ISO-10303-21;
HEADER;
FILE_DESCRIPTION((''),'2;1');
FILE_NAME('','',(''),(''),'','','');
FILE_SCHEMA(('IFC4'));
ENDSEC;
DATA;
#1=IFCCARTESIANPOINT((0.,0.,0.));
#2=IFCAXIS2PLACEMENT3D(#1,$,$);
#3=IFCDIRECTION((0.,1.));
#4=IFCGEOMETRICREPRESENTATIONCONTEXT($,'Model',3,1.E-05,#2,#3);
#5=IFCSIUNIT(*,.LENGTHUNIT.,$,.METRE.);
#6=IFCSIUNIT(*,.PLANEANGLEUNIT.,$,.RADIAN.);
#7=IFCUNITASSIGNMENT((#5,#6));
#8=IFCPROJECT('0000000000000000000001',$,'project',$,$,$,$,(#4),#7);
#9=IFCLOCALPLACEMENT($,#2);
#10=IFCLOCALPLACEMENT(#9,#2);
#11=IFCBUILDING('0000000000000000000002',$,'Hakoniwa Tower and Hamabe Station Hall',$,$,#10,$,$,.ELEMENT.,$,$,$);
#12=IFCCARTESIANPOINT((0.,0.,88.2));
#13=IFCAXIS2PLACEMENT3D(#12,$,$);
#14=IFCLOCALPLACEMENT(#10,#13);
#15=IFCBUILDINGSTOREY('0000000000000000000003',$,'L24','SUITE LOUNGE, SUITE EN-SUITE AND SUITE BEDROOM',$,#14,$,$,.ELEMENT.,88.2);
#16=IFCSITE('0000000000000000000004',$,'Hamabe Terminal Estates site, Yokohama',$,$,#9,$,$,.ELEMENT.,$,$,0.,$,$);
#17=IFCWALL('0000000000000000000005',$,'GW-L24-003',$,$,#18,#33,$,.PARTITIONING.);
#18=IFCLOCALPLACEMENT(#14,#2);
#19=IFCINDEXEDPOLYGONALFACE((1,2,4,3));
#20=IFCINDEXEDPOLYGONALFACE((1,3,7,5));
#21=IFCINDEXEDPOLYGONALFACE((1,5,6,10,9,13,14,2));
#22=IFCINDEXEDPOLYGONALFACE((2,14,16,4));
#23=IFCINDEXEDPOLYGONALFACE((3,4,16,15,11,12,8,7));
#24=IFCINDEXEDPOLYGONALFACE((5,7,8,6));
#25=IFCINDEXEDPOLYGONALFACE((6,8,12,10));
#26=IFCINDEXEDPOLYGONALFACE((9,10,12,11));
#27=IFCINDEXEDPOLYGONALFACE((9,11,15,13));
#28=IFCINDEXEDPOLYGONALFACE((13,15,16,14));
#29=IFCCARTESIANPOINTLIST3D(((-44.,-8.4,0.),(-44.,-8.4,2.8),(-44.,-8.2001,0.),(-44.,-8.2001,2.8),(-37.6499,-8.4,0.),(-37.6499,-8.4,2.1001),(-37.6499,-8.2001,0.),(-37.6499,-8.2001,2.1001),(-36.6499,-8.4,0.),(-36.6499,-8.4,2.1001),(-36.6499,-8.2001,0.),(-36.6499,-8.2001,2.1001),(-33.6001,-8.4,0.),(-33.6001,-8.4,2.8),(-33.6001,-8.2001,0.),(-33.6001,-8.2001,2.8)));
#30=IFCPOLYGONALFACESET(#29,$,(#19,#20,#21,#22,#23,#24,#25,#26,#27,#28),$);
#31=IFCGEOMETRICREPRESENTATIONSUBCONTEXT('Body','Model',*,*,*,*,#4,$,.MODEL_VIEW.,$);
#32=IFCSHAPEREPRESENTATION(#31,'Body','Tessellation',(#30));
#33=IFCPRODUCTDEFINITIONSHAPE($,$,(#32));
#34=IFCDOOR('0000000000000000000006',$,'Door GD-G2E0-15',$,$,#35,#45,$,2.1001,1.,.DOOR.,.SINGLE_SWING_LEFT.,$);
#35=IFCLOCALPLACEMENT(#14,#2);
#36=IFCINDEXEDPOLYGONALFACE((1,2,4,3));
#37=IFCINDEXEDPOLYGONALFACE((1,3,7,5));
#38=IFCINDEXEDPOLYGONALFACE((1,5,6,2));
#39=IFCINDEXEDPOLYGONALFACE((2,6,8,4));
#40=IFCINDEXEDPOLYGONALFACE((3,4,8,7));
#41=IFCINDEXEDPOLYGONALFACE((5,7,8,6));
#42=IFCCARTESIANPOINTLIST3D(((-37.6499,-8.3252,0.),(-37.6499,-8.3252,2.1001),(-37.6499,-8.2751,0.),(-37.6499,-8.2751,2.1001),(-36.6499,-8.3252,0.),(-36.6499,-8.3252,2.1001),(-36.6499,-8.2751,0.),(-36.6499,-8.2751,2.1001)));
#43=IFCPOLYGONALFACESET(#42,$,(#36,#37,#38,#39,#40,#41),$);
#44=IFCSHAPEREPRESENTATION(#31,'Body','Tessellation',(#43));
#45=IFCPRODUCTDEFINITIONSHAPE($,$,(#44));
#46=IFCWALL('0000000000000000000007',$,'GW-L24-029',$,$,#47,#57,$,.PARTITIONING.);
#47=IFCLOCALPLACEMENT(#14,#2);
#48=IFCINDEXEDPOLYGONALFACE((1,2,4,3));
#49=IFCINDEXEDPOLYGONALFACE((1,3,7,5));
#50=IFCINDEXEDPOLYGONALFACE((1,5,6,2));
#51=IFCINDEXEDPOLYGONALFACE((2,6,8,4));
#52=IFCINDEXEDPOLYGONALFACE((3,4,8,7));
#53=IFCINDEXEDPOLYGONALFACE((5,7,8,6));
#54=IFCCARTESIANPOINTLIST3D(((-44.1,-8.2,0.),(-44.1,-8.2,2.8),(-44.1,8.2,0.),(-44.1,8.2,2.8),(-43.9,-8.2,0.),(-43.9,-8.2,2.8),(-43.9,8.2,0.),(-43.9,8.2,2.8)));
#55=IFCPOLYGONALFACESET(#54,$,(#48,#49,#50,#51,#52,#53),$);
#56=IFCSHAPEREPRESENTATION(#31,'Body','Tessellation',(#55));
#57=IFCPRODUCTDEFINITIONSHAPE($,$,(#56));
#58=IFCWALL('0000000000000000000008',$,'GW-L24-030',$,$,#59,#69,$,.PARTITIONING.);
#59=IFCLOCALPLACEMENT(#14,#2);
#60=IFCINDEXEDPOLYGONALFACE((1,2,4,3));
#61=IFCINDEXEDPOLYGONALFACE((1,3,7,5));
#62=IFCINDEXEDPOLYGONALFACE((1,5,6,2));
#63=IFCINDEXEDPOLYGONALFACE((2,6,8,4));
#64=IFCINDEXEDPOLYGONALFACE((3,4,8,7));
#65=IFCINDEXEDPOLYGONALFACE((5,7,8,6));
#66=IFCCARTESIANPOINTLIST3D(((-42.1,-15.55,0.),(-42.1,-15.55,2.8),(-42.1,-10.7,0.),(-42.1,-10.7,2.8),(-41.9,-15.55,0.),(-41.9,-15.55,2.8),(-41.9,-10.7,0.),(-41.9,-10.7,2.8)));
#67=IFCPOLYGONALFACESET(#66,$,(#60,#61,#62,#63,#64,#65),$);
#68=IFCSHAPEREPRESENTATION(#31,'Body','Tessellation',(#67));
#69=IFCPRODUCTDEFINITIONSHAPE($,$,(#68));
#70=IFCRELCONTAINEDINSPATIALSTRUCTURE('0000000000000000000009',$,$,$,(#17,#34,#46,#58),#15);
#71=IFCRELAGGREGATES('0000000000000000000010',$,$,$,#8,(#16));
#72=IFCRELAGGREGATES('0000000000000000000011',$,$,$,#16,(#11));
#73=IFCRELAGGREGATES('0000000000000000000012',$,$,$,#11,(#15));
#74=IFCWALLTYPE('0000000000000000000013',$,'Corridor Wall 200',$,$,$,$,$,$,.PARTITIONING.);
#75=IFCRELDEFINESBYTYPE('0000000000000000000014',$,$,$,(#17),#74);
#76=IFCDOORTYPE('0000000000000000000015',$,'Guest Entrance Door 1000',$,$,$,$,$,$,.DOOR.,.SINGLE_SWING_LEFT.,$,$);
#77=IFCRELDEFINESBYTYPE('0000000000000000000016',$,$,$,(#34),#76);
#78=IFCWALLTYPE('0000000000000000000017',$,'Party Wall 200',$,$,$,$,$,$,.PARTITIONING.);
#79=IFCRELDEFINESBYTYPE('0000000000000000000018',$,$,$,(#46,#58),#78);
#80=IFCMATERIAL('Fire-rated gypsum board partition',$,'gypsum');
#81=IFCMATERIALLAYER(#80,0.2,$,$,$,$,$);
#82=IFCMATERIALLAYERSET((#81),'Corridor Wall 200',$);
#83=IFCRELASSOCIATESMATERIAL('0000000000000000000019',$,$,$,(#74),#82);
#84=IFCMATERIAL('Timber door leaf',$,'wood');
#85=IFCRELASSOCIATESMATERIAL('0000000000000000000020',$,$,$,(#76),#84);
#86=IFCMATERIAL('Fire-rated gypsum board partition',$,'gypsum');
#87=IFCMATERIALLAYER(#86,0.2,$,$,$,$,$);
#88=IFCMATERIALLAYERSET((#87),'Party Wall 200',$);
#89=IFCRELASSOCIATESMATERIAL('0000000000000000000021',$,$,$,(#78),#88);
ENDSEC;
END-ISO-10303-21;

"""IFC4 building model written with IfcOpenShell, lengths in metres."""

from ifc_helpers import new_model, si_unit, direction, frame, frame_2d, origin, place, context, subcontext, project, spatial, rectangle, extrude, material, layer, layer_set, type_object, element, fill, save


model = new_model("IFC4")

# Units and contexts
model_context = context("Model", 3, precision=1e-05, world=origin(), true_north=direction((0.0, 1.0)))
body_context = subcontext(model_context, "Body", "Model", "MODEL_VIEW")
ifc_project = project(units=[si_unit("LENGTHUNIT", "METRE"), si_unit("PLANEANGLEUNIT", "RADIAN")], contexts=[model_context])

# Site, building, storey
site_placement = place(None, origin())
site = spatial("IfcSite", under=ifc_project, at=site_placement, Name="Hamabe Terminal Estates site, Yokohama", CompositionType="ELEMENT", RefElevation=0.0)
building_placement = place(site_placement, origin())
building = spatial("IfcBuilding", under=site, at=building_placement, Name="Hakoniwa Tower and Hamabe Station Hall", CompositionType="ELEMENT")
storey_placement = place(building_placement, frame((0.0, 0.0, 88.2)))
storey = spatial("IfcBuildingStorey", under=building, at=storey_placement, Name="L24", Description="SUITE LOUNGE, SUITE EN-SUITE AND SUITE BEDROOM", CompositionType="ELEMENT", Elevation=88.2)

# Shared definitions
ifc_material_1 = material(Name="Fire-rated gypsum board partition", Category="gypsum")
ifc_layer_1 = layer(ifc_material_1, 0.2)
ifc_layer_set_1 = layer_set([ifc_layer_1], Name="Corridor Wall 200")
wall_type_1 = type_object("IfcWallType", Name="Corridor Wall 200", PredefinedType="PARTITIONING", material=ifc_layer_set_1)

# Wall, opening, door
wall_1_placement = place(storey_placement, frame((-44.0, -8.3, 0.0), z_axis=(0.0, 0.0, 1.0), x_axis=(1.0, 0.0, 0.0)))
wall_1 = element("IfcWall", 1, at=wall_1_placement, inside=storey, type_object=wall_type_1, Name="GW-L24-003", PredefinedType="PARTITIONING", context=body_context, shape_type="SweptSolid", body=[
    extrude(rectangle(XDim=10.3999, YDim=0.2, at=frame_2d((5.2, 0.0))), origin(), (0.0, 0.0, 1.0), 2.8),
])
opening_1_placement = place(wall_1_placement, frame((6.3501, 0.0, 0.0)))
opening_1 = element("IfcOpeningElement", 2, at=opening_1_placement, cuts=wall_1, PredefinedType="OPENING", context=body_context, shape_type="SweptSolid", body=[
    extrude(rectangle(XDim=1.0, YDim=2.1001, at=frame_2d((0.5, 1.05))), frame((0.0, 0.1099, 0.0), z_axis=(0.0, -1.0, 0.0), x_axis=(1.0, 0.0, 0.0)), (0.0, 0.0, 1.0), 0.22),
])
ifc_material_2 = material(Name="Timber door leaf", Category="wood")
door_type_1 = type_object("IfcDoorType", Name="Guest Entrance Door 1000", OperationType="SINGLE_SWING_LEFT", PredefinedType="DOOR", material=ifc_material_2)
door_1_placement = place(opening_1_placement, origin())
door_1 = element("IfcDoor", 3, at=door_1_placement, inside=storey, type_object=door_type_1, Name="Door GD-G2E0-15", OperationType="SINGLE_SWING_LEFT", OverallHeight=2.1001, OverallWidth=1.0, PredefinedType="DOOR", context=body_context, shape_type="SweptSolid", body=[
    extrude(rectangle(XDim=1.0, YDim=2.1001, at=frame_2d((0.5, 1.05))), frame((0.0, 0.0249, 0.0), z_axis=(0.0, -1.0, 0.0), x_axis=(1.0, 0.0, 0.0)), (0.0, 0.0, 1.0), 0.05),
])
fill(opening_1, door_1)

# Walls
ifc_material_3 = material(Name="Fire-rated gypsum board partition", Category="gypsum")
ifc_layer_2 = layer(ifc_material_3, 0.2)
ifc_layer_set_2 = layer_set([ifc_layer_2], Name="Party Wall 200")
wall_type_2 = type_object("IfcWallType", Name="Party Wall 200", PredefinedType="PARTITIONING", material=ifc_layer_set_2)
wall_2_placement = place(storey_placement, frame((-44.0, -8.2, 0.0), z_axis=(0.0, 0.0, 1.0), x_axis=(0.0, 1.0, 0.0)))
element("IfcWall", 4, at=wall_2_placement, inside=storey, type_object=wall_type_2, Name="GW-L24-029", PredefinedType="PARTITIONING", context=body_context, shape_type="SweptSolid", body=[
    extrude(rectangle(XDim=16.3999, YDim=0.2, at=frame_2d((8.2, 0.0))), origin(), (0.0, 0.0, 1.0), 2.8),
])
wall_3_placement = place(storey_placement, frame((-42.0, -15.55, 0.0), z_axis=(0.0, 0.0, 1.0), x_axis=(0.0, 1.0, 0.0)))
element("IfcWall", 5, at=wall_3_placement, inside=storey, type_object=wall_type_2, Name="GW-L24-030", PredefinedType="PARTITIONING", context=body_context, shape_type="SweptSolid", body=[
    extrude(rectangle(XDim=4.8501, YDim=0.2, at=frame_2d((2.425, 0.0))), origin(), (0.0, 0.0, 1.0), 2.8),
])

save(model, "model.ifc")
